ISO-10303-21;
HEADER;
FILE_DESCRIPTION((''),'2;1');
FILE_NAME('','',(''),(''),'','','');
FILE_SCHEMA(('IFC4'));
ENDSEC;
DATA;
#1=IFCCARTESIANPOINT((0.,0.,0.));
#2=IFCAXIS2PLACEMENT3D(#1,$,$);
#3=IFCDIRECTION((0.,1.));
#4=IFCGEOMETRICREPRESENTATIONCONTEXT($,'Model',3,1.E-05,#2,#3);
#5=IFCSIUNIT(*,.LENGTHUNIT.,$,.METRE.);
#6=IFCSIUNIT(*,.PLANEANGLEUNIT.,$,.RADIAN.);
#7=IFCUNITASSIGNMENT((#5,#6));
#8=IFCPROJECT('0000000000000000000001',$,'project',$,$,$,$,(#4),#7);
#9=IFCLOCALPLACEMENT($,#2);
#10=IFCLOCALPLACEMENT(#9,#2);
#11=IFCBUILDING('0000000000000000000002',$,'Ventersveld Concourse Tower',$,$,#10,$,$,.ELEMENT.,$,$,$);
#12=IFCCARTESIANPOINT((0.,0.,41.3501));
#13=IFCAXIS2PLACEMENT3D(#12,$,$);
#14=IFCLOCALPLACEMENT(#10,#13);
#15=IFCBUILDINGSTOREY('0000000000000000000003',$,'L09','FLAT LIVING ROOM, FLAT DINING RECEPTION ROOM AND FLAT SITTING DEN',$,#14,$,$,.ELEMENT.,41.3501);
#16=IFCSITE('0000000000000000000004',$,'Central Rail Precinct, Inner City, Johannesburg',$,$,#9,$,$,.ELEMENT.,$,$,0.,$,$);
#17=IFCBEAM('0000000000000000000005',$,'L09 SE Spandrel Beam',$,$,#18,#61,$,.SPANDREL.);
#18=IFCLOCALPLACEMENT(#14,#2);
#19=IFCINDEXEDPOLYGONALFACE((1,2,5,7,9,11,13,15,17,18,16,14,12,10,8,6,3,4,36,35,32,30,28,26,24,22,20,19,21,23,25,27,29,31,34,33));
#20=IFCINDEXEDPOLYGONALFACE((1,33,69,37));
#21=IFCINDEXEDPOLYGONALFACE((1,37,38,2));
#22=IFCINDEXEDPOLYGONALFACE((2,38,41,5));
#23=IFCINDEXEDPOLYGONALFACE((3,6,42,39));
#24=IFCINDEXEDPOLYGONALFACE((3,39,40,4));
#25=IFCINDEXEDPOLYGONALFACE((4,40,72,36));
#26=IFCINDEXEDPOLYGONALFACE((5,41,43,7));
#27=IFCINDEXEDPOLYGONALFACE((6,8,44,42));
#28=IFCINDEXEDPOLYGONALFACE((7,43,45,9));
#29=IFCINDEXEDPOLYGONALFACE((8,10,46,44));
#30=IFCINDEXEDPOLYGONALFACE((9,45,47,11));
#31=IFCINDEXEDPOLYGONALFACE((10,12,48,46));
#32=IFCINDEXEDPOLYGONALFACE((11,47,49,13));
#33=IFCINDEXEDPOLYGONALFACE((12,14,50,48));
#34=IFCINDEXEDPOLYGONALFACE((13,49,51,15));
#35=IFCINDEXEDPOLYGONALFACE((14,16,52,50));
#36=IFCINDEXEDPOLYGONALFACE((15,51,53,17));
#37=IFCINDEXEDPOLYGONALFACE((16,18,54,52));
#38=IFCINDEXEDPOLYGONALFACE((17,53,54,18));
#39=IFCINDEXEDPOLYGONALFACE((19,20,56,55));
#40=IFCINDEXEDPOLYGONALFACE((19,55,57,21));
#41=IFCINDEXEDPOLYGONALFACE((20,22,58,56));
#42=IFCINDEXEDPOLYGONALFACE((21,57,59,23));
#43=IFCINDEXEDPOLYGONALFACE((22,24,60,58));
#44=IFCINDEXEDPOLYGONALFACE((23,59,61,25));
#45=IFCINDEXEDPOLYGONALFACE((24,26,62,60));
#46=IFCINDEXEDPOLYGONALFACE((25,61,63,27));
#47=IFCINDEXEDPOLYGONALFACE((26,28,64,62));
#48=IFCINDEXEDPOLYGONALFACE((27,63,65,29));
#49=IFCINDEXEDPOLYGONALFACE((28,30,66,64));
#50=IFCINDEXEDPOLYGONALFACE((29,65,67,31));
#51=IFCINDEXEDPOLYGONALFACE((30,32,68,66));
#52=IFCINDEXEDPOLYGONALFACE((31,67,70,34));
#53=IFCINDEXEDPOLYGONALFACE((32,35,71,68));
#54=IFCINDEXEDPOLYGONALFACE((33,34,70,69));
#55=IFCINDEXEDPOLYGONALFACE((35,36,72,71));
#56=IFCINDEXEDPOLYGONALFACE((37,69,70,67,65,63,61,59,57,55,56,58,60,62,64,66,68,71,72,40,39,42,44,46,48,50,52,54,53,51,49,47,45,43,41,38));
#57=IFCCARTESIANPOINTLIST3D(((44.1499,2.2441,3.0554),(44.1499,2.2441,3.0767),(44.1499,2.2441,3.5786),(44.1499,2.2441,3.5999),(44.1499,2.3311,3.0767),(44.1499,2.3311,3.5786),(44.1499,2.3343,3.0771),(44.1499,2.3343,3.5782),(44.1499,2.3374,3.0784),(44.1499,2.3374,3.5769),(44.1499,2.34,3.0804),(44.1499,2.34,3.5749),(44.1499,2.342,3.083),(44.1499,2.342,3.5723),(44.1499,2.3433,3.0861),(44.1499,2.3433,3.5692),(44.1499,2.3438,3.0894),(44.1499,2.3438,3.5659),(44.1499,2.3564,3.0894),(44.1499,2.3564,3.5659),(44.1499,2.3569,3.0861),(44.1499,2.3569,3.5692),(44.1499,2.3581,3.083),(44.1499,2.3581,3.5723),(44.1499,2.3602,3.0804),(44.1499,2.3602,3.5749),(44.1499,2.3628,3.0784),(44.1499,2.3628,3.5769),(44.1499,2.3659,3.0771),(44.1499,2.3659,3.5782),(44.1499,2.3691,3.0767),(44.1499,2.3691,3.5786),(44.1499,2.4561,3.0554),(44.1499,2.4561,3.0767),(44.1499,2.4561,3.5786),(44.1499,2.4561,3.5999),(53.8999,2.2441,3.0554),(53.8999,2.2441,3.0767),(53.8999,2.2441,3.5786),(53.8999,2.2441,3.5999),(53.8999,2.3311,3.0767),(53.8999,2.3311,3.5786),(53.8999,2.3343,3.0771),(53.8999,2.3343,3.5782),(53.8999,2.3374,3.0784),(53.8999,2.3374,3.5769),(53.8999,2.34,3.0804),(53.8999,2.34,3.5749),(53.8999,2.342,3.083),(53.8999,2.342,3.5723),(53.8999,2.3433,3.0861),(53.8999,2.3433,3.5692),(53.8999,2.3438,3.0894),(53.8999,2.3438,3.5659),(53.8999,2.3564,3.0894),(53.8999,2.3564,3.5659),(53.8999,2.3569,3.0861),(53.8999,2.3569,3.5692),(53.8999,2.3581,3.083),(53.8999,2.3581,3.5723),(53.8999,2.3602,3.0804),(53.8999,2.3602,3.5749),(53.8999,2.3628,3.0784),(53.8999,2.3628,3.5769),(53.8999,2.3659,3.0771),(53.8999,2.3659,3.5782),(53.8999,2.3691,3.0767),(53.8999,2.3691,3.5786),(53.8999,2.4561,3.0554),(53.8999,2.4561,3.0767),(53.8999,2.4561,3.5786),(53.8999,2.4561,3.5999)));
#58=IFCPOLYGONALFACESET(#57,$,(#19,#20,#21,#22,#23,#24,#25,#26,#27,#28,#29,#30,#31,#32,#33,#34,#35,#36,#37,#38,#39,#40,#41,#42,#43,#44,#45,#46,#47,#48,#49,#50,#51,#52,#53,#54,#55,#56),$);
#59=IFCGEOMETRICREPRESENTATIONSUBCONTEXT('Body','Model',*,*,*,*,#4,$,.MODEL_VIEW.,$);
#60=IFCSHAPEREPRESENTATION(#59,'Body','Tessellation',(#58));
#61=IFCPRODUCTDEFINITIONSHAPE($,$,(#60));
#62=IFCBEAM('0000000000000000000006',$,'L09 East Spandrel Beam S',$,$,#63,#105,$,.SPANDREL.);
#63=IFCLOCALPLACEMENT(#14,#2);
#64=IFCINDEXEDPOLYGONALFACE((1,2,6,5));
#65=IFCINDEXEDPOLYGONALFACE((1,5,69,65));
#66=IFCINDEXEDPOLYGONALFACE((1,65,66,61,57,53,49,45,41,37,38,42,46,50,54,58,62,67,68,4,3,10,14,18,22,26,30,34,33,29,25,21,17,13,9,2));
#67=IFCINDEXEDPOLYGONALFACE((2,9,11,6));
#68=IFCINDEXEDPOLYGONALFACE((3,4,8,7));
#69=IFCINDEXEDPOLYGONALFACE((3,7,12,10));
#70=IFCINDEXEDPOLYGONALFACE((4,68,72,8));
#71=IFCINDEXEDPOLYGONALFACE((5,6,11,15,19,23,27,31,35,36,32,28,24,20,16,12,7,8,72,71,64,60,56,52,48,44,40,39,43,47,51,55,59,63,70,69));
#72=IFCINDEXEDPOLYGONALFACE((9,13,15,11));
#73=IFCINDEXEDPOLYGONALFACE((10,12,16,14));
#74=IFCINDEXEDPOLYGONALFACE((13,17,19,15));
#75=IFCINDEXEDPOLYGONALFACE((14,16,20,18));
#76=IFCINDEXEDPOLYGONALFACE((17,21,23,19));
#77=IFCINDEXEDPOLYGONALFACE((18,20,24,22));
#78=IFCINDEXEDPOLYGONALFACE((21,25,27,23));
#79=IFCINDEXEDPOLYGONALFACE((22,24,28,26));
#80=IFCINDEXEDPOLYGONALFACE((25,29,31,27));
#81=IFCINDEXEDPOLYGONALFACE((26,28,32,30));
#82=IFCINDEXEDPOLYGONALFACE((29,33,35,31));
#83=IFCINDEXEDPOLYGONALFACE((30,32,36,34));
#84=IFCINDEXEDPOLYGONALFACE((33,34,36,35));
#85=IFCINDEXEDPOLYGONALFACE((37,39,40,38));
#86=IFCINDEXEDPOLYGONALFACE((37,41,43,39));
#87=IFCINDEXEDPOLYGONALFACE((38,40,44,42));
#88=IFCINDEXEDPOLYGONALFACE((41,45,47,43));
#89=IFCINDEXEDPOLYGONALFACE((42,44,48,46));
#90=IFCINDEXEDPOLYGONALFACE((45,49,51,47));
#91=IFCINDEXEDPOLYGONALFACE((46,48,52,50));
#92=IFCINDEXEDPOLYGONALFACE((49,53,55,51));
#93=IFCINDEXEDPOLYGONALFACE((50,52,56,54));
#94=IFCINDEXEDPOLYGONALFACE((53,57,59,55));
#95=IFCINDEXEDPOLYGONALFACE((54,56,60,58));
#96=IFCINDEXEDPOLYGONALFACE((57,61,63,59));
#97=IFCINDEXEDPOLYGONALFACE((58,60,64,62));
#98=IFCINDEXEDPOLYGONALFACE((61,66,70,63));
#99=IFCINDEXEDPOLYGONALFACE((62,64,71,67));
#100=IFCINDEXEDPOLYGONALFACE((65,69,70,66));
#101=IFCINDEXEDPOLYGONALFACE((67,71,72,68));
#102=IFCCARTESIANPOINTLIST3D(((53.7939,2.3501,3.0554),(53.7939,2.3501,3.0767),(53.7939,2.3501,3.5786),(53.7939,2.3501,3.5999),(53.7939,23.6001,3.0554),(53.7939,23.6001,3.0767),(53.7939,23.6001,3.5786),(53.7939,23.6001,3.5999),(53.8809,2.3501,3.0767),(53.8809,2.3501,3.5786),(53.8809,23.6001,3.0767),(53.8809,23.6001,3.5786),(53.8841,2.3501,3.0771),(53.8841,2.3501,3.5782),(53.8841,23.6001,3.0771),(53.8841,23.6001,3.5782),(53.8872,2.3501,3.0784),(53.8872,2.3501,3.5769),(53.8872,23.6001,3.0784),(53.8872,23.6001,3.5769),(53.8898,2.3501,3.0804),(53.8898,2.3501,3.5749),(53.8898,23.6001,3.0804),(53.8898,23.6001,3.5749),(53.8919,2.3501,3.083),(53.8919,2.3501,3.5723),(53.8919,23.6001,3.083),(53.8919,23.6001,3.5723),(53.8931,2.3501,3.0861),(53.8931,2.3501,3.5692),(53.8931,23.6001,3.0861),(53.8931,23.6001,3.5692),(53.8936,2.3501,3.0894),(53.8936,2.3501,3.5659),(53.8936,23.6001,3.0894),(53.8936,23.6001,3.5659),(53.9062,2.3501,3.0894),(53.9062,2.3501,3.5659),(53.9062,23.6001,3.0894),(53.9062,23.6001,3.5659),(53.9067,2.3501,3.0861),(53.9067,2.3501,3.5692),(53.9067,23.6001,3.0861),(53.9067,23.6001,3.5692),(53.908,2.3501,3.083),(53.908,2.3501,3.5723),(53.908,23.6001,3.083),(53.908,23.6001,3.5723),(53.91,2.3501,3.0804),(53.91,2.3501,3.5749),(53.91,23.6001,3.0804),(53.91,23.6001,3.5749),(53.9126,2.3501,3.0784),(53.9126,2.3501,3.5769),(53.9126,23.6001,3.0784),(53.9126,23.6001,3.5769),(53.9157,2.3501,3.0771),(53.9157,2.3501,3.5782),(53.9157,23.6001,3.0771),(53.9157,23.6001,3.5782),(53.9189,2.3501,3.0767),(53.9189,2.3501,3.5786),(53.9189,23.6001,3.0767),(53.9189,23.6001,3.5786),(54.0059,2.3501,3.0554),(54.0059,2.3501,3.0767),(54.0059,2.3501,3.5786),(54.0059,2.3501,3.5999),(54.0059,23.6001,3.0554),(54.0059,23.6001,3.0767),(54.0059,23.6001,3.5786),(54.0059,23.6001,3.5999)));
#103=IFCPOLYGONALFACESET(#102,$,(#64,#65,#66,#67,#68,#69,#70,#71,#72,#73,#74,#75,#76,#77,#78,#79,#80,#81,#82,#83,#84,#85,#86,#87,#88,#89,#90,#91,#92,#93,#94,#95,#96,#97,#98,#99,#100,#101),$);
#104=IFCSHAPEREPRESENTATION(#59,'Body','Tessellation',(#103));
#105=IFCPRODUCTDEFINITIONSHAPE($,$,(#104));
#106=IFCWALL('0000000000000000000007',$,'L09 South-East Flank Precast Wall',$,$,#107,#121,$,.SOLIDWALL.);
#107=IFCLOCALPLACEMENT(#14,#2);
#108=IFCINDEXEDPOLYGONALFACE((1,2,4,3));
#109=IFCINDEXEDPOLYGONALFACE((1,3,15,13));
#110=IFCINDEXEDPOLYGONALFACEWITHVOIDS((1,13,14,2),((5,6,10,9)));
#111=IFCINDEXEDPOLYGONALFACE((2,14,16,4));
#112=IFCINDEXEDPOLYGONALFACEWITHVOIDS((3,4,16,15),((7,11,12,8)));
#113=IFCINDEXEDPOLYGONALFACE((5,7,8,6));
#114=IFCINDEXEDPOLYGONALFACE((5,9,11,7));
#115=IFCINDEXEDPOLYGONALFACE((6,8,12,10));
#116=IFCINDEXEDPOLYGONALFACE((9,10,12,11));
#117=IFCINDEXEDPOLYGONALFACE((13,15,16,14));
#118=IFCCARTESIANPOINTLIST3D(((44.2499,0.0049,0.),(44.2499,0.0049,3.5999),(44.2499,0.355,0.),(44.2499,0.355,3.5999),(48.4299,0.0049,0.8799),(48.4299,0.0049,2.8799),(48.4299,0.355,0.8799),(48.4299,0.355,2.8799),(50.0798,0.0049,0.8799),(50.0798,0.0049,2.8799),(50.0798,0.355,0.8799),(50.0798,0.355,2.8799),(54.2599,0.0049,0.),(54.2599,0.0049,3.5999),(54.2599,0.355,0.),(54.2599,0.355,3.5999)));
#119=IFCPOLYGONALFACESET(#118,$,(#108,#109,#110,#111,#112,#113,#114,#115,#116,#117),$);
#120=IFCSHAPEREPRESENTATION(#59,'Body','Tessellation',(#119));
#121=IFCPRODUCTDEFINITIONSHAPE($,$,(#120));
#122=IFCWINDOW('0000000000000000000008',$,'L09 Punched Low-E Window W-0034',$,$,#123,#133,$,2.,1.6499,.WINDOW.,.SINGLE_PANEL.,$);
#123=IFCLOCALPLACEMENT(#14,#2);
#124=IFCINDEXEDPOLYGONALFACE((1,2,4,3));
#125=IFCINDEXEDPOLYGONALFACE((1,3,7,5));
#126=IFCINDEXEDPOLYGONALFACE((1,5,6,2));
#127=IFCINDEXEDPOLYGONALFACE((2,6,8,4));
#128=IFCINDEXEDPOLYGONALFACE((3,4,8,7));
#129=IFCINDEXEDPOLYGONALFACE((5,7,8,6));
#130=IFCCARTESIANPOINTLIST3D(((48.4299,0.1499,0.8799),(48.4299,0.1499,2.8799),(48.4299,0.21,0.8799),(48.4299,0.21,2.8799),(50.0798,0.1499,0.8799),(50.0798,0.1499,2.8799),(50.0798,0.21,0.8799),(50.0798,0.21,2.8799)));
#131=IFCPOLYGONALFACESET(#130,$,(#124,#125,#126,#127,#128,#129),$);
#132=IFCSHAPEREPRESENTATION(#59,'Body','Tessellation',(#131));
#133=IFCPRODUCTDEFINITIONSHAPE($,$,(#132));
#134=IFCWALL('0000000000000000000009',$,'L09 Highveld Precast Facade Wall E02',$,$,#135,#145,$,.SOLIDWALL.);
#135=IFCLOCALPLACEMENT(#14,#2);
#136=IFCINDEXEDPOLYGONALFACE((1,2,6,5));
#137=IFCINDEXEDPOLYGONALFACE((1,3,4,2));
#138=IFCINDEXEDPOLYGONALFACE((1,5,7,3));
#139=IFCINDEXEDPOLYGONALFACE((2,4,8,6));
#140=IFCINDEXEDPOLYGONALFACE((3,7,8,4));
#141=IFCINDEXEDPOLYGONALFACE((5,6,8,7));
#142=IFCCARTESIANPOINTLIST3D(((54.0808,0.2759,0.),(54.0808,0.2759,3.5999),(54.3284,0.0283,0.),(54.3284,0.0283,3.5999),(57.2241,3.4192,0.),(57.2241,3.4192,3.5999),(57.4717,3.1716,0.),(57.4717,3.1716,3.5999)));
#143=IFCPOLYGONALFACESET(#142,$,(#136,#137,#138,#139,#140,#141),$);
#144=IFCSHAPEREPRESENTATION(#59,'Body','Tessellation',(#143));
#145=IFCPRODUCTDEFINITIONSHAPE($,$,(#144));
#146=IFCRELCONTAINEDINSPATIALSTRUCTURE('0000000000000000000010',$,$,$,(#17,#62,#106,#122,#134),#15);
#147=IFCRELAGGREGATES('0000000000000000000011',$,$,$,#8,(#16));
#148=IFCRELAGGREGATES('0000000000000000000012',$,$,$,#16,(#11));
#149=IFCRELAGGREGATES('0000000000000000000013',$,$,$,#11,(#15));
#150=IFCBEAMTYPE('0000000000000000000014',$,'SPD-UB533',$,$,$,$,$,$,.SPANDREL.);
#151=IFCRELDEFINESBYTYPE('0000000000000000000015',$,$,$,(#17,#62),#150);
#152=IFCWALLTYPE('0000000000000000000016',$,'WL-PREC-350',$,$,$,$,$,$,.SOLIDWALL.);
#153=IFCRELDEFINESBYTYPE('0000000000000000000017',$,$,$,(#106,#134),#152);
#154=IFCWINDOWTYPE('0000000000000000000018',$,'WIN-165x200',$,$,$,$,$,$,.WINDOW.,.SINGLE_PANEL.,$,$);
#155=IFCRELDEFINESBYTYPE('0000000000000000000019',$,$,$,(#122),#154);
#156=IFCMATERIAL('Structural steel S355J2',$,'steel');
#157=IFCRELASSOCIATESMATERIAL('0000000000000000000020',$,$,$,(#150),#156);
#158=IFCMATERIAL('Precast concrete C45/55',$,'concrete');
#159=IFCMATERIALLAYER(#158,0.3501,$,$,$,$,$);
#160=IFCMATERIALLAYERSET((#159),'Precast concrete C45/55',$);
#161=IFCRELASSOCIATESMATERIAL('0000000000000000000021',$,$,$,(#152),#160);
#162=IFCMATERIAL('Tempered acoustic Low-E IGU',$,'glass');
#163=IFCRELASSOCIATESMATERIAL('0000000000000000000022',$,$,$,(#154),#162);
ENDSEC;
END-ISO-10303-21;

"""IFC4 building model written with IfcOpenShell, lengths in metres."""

from ifc_helpers import new_model, si_unit, direction, frame, frame_2d, origin, origin_2d, place, context, subcontext, project, spatial, rectangle, i_section, extrude, material, layer, layer_set, material_profile, profile_set, type_object, element, fill, save


model = new_model("IFC4")

# Units and contexts
model_context = context("Model", 3, precision=1e-05, world=origin(), true_north=direction((0.0, 1.0)))
body_context = subcontext(model_context, "Body", "Model", "MODEL_VIEW")
ifc_project = project(units=[si_unit("LENGTHUNIT", "METRE"), si_unit("PLANEANGLEUNIT", "RADIAN")], contexts=[model_context])

# Site, building, storey
site_placement = place(None, origin())
site = spatial("IfcSite", under=ifc_project, at=site_placement, Name="Central Rail Precinct, Inner City, Johannesburg", CompositionType="ELEMENT", RefElevation=0.0)
building_placement = place(site_placement, origin())
building = spatial("IfcBuilding", under=site, at=building_placement, Name="Ventersveld Concourse Tower", CompositionType="ELEMENT")
storey_placement = place(building_placement, frame((0.0, 0.0, 41.3501)))
storey = spatial("IfcBuildingStorey", under=building, at=storey_placement, Name="L09", Description="FLAT LIVING ROOM, FLAT DINING RECEPTION ROOM AND FLAT SITTING DEN", CompositionType="ELEMENT", Elevation=41.3501)

# Shared definitions
ifc_material_1 = material(Name="Structural steel S355J2", Category="steel")

# Beams
ifc_material_profile_1 = material_profile(ifc_material_1, i_section(OverallWidth=0.2119, OverallDepth=0.5444, WebThickness=0.0127, FlangeThickness=0.0212, FilletRadius=0.0127, at=origin_2d()), Name="UB 533x210x122")
ifc_profile_set_1 = profile_set([ifc_material_profile_1], Name="Structural steel S355J2")
beam_type_1 = type_object("IfcBeamType", Name="SPD-UB533", PredefinedType="SPANDREL", material=ifc_profile_set_1)
beam_1_placement = place(storey_placement, frame((44.1499, 2.3501, 3.3276), z_axis=(1.0, 0.0, 0.0), x_axis=(0.0, 1.0, 0.0)))
element("IfcBeam", 1, at=beam_1_placement, inside=storey, type_object=beam_type_1, Name="L09 SE Spandrel Beam", PredefinedType="SPANDREL", context=body_context, shape_type="SweptSolid", body=[
    extrude(i_section(OverallWidth=0.2119, OverallDepth=0.5444, WebThickness=0.0127, FlangeThickness=0.0212, FilletRadius=0.0127, at=origin_2d()), origin(), (0.0, 0.0, 1.0), 9.75),
])
beam_2_placement = place(storey_placement, frame((53.8999, 2.3501, 3.3276), z_axis=(0.0, 1.0, 0.0), x_axis=(-1.0, 0.0, 0.0)))
element("IfcBeam", 2, at=beam_2_placement, inside=storey, type_object=beam_type_1, Name="L09 East Spandrel Beam S", PredefinedType="SPANDREL", context=body_context, shape_type="SweptSolid", body=[
    extrude(i_section(OverallWidth=0.2119, OverallDepth=0.5444, WebThickness=0.0127, FlangeThickness=0.0212, FilletRadius=0.0127, at=origin_2d()), origin(), (0.0, 0.0, 1.0), 21.25),
])

# Wall, opening, window
ifc_material_2 = material(Name="Precast concrete C45/55", Category="concrete")
ifc_layer = layer(ifc_material_2, 0.3501)
ifc_layer_set = layer_set([ifc_layer], Name="Precast concrete C45/55")
wall_type = type_object("IfcWallType", Name="WL-PREC-350", PredefinedType="SOLIDWALL", material=ifc_layer_set)
wall_1_placement = place(storey_placement, frame((44.25, 0.1799, 0.0), z_axis=(0.0, 0.0, 1.0), x_axis=(1.0, 0.0, 0.0)))
wall_1 = element("IfcWall", 3, at=wall_1_placement, inside=storey, type_object=wall_type, Name="L09 South-East Flank Precast Wall", PredefinedType="SOLIDWALL", context=body_context, shape_type="SweptSolid", body=[
    extrude(rectangle(XDim=10.01, YDim=0.3501, at=frame_2d((5.0049, 0.0))), origin(), (0.0, 0.0, 1.0), 3.5999),
])
opening_1_placement = place(wall_1_placement, frame((4.1799, 0.0, 0.8799)))
opening_1 = element("IfcOpeningElement", 4, at=opening_1_placement, cuts=wall_1, PredefinedType="OPENING", context=body_context, shape_type="SweptSolid", body=[
    extrude(rectangle(XDim=1.6499, YDim=2.0, at=frame_2d((0.825, 1.0))), frame((0.0, 0.1851, 0.0), z_axis=(0.0, -1.0, 0.0), x_axis=(1.0, 0.0, 0.0)), (0.0, 0.0, 1.0), 0.3701),
])
ifc_material_3 = material(Name="Tempered acoustic Low-E IGU", Category="glass")
window_type_1 = type_object("IfcWindowType", Name="WIN-165x200", PartitioningType="SINGLE_PANEL", PredefinedType="WINDOW", material=ifc_material_3)
window_1_placement = place(opening_1_placement, origin())
window_1 = element("IfcWindow", 5, at=window_1_placement, inside=storey, type_object=window_type_1, Name="L09 Punched Low-E Window W-0034", OverallHeight=2.0, OverallWidth=1.6499, PartitioningType="SINGLE_PANEL", PredefinedType="WINDOW", context=body_context, shape_type="SweptSolid", body=[
    extrude(rectangle(XDim=1.6499, YDim=2.0, at=frame_2d((0.825, 1.0))), frame((0.0, 0.03, 0.0), z_axis=(0.0, -1.0, 0.0), x_axis=(1.0, 0.0, 0.0)), (0.0, 0.0, 1.0), 0.0601),
])
fill(opening_1, window_1)

# Wall
wall_2_placement = place(storey_placement, frame((54.2046, 0.1521, 0.0), z_axis=(0.0, 0.0, 1.0), x_axis=(0.707107, 0.707107, 0.0)))
element("IfcWall", 6, at=wall_2_placement, inside=storey, type_object=wall_type, Name="L09 Highveld Precast Facade Wall E02", PredefinedType="SOLIDWALL", context=body_context, shape_type="SweptSolid", body=[
    extrude(rectangle(XDim=4.4453, YDim=0.3501, at=frame_2d((2.2227, 0.0))), origin(), (0.0, 0.0, 1.0), 3.5999),
])

save(model, "model.ifc")
